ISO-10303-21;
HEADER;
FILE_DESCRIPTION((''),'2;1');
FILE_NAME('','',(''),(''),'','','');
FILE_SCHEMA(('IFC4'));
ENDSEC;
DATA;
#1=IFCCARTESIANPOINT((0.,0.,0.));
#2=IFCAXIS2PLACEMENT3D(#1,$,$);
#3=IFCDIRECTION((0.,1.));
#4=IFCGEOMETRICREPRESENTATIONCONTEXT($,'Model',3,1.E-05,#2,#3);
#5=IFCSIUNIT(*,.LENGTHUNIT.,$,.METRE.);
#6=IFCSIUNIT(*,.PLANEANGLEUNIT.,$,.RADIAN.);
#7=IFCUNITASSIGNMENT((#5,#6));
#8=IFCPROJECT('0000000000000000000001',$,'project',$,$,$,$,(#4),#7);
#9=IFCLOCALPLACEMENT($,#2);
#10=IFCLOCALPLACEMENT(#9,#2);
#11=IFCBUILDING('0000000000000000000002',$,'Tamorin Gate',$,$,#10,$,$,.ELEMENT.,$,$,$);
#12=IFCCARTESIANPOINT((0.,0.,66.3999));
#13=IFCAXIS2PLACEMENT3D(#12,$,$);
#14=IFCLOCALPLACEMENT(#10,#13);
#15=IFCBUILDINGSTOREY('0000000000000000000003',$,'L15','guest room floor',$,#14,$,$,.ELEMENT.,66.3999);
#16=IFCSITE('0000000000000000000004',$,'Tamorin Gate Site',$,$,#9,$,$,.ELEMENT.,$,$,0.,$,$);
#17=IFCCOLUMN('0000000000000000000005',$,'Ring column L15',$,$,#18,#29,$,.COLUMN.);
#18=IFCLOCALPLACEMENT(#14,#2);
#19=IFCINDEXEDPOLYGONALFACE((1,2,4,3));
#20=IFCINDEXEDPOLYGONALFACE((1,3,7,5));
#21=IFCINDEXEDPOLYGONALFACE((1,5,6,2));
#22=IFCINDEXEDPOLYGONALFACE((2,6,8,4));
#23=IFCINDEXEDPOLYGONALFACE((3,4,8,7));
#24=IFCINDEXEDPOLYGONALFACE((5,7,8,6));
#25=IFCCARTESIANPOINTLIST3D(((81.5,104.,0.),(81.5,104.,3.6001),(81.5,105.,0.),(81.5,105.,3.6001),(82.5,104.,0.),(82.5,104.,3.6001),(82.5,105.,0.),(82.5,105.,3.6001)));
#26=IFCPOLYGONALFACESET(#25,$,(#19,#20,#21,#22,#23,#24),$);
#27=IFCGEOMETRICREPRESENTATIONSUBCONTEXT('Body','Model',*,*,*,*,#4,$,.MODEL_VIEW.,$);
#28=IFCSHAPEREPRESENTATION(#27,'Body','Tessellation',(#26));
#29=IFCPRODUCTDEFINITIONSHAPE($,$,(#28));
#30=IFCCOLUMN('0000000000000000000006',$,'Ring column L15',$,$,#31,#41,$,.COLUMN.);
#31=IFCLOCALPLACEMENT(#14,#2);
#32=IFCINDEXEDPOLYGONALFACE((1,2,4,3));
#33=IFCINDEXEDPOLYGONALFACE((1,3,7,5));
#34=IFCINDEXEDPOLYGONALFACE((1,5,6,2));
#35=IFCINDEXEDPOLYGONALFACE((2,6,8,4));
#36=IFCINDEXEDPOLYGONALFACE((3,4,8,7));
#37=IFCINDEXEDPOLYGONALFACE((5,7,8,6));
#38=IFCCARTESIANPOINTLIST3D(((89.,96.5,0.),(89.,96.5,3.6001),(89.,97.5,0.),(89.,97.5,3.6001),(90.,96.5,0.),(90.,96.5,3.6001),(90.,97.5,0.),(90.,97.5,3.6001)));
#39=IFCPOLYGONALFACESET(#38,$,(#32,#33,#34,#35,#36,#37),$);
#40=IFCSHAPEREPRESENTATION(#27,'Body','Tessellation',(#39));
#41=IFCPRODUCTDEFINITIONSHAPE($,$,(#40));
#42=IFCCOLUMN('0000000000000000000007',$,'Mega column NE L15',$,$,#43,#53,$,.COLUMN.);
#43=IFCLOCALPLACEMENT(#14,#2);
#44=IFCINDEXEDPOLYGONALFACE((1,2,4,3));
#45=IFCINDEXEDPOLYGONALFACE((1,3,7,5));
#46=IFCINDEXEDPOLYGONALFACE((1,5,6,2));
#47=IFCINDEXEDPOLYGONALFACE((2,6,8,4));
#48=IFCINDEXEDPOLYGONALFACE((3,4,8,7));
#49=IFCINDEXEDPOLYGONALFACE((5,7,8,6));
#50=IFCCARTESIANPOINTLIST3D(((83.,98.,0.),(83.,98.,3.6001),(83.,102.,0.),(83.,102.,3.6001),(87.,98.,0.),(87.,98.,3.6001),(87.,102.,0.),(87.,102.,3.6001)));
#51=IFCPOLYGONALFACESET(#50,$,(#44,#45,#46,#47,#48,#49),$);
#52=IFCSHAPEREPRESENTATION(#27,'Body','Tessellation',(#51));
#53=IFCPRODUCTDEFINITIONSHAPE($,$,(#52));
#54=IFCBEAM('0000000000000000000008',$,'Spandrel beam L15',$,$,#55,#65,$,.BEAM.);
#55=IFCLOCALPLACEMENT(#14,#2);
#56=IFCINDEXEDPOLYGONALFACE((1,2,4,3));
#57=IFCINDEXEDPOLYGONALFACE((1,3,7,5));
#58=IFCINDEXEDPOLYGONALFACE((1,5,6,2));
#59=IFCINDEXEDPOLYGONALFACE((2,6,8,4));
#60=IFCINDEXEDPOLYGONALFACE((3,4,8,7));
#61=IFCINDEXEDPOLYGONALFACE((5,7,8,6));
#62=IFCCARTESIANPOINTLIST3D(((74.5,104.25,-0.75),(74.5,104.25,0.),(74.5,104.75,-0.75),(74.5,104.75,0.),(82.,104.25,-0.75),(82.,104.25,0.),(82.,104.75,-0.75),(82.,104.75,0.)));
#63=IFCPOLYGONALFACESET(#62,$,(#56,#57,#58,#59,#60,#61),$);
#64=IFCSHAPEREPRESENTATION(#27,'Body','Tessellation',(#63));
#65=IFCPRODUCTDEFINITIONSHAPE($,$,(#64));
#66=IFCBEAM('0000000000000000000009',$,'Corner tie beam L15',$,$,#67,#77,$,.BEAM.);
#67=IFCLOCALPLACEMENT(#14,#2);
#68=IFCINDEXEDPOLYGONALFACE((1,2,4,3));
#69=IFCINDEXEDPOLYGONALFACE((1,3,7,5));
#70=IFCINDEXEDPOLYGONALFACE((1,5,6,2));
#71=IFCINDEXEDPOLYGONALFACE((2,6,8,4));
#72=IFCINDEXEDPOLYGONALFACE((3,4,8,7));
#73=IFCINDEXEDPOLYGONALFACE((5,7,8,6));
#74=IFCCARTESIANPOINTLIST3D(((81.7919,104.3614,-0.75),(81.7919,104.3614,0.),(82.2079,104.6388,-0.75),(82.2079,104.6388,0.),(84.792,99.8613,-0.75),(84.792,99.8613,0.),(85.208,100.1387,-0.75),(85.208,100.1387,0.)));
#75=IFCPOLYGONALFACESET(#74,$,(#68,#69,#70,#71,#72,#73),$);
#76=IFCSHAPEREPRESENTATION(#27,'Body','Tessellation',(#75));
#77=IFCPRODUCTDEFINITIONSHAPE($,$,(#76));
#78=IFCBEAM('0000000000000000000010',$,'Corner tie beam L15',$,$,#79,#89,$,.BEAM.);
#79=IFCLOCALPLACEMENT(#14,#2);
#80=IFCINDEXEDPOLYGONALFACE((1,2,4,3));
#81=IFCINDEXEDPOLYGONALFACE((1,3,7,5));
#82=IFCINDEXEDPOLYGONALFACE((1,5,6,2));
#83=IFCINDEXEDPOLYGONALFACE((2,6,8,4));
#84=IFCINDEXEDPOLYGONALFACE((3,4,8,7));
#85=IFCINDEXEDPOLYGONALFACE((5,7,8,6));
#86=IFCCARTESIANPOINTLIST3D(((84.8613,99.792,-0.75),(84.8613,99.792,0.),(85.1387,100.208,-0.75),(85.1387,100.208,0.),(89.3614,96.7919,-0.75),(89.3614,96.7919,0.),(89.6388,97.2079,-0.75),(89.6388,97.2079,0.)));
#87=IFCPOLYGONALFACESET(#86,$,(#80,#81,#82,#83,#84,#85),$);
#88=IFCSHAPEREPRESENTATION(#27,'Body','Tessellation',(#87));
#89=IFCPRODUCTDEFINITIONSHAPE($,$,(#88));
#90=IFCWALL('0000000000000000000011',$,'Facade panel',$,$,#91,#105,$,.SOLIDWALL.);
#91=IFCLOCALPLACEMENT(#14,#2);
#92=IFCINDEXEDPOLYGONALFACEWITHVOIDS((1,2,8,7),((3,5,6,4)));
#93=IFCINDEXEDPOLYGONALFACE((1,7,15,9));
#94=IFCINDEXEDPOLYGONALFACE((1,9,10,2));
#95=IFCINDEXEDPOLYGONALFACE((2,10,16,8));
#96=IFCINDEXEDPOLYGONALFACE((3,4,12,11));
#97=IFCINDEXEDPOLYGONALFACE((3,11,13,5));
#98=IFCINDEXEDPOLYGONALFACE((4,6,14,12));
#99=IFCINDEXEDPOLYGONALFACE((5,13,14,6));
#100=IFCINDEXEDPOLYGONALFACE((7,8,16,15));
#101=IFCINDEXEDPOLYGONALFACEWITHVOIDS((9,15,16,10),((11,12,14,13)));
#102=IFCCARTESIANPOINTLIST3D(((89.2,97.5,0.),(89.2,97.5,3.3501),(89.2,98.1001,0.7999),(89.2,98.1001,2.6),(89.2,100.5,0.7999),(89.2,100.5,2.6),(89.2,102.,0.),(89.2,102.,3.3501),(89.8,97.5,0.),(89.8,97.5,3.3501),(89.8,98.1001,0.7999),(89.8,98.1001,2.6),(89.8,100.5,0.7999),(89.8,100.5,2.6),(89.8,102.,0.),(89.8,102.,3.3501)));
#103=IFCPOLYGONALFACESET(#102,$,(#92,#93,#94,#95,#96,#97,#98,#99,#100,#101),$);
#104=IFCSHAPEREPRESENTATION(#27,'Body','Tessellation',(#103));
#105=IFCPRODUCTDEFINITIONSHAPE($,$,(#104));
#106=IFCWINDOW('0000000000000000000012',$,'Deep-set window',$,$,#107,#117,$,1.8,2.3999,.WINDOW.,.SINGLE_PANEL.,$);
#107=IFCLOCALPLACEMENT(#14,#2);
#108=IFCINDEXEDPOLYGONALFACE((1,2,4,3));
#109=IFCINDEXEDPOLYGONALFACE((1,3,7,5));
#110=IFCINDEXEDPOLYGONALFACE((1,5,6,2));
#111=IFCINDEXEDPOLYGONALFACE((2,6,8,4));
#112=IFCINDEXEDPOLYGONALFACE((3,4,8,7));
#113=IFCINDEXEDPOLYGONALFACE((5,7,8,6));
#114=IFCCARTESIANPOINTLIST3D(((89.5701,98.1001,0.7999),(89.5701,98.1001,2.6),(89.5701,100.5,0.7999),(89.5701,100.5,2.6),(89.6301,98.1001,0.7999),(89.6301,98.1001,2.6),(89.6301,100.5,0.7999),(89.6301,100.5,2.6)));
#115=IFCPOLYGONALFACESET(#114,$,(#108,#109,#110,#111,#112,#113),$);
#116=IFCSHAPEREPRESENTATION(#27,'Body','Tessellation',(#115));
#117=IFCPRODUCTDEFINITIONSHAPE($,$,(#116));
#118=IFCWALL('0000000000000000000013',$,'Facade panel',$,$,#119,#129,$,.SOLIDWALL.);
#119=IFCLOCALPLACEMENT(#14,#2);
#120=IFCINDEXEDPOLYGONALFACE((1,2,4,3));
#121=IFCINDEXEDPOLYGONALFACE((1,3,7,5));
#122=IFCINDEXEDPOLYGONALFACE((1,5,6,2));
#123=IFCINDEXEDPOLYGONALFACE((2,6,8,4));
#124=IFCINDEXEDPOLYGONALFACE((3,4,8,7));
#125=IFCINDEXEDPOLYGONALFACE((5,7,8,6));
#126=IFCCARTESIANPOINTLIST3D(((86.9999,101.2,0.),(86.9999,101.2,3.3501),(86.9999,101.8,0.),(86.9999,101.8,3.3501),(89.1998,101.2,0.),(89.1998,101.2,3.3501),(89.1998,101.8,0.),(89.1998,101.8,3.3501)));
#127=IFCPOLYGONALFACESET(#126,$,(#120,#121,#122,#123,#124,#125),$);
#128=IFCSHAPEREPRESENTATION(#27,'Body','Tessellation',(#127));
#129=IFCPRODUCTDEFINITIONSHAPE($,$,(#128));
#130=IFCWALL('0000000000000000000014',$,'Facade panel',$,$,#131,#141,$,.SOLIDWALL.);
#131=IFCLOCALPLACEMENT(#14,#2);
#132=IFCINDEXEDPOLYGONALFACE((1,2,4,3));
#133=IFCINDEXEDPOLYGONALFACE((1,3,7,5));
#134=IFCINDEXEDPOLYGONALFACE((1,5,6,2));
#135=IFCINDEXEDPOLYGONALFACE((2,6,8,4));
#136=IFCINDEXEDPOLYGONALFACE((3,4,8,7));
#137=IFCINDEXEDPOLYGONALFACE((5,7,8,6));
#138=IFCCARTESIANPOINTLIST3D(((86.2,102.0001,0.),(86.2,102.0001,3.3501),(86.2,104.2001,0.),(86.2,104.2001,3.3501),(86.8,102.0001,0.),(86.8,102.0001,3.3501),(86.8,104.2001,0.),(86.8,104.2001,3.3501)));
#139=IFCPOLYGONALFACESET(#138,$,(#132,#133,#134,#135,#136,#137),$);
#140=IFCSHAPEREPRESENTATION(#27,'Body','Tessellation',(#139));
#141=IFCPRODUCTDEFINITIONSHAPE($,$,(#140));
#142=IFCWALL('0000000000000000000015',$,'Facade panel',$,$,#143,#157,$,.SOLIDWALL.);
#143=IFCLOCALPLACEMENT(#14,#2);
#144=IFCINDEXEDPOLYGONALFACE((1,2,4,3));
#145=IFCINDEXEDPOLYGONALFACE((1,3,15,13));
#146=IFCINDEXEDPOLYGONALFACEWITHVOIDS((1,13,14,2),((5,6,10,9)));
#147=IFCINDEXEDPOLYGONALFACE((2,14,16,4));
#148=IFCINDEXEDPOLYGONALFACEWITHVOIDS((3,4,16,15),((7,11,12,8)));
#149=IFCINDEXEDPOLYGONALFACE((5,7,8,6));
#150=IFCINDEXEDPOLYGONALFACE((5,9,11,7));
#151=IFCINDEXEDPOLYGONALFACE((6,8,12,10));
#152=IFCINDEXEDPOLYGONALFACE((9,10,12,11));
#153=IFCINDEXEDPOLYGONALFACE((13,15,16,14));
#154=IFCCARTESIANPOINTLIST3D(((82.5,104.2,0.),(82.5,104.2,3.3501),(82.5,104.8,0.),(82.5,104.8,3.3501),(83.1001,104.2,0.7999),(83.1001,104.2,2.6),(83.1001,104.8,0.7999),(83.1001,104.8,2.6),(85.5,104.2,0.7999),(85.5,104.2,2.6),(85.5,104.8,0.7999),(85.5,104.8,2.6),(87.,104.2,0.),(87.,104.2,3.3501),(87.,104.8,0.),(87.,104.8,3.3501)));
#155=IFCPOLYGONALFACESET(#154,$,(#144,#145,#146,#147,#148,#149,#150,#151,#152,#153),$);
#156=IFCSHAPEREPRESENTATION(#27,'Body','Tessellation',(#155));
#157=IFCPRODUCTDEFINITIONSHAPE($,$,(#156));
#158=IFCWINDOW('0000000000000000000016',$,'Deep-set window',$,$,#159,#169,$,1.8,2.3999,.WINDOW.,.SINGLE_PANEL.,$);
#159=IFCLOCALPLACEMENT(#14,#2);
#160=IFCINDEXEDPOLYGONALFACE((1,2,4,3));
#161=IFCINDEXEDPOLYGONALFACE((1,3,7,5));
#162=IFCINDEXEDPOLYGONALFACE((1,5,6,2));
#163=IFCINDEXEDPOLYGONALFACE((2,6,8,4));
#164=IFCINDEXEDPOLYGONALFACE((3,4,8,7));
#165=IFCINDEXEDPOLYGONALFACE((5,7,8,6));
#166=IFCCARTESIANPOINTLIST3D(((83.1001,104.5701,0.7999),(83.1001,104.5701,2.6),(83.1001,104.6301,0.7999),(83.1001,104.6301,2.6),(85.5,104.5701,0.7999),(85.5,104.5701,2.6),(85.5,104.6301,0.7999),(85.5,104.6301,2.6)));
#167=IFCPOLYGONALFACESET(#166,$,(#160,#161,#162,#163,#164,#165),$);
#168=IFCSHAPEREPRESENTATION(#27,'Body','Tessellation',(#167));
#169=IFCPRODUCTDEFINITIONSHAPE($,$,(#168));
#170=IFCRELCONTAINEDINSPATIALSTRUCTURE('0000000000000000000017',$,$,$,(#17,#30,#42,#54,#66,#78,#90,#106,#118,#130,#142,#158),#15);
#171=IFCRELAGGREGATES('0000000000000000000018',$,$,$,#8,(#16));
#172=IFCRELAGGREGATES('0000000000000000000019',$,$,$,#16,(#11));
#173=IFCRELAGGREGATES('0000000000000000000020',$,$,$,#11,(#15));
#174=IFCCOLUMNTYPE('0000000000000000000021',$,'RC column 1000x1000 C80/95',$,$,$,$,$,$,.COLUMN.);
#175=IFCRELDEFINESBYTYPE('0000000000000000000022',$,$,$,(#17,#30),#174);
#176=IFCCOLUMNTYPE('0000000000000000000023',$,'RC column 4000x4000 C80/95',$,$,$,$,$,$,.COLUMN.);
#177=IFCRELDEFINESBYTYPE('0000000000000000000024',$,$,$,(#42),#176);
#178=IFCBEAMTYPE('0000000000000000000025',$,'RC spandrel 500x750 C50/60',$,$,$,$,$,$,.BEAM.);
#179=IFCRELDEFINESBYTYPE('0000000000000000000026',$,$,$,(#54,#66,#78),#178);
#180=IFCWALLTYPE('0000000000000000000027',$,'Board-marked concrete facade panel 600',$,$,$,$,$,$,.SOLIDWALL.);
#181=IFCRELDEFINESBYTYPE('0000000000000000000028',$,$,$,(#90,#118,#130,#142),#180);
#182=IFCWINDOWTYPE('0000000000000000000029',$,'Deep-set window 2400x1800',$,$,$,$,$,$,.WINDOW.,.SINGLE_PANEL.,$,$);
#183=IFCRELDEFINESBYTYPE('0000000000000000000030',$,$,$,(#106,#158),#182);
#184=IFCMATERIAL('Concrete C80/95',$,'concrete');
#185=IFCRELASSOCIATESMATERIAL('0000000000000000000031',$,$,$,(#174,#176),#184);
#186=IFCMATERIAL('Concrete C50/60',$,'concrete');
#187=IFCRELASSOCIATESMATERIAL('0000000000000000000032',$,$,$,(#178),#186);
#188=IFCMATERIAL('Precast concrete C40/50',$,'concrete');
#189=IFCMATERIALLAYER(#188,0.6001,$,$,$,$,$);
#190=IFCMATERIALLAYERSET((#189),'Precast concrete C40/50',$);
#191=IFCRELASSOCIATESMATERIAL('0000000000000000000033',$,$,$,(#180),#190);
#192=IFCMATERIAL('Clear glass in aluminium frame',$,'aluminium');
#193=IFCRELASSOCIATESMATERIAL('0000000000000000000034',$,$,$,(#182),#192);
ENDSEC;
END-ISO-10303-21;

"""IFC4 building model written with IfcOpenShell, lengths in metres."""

from ifc_helpers import new_model, si_unit, direction, frame, frame_2d, origin, origin_2d, place, context, subcontext, project, spatial, rectangle, extrude, material, layer, layer_set, material_profile, profile_set, type_object, element, fill, save


model = new_model("IFC4")

# Units and contexts
model_context = context("Model", 3, precision=1e-05, world=origin(), true_north=direction((0.0, 1.0)))
body_context = subcontext(model_context, "Body", "Model", "MODEL_VIEW")
ifc_project = project(units=[si_unit("LENGTHUNIT", "METRE"), si_unit("PLANEANGLEUNIT", "RADIAN")], contexts=[model_context])

# Site, building, storey
site_placement = place(None, origin())
site = spatial("IfcSite", under=ifc_project, at=site_placement, Name="Tamorin Gate Site", CompositionType="ELEMENT", RefElevation=0.0)
building_placement = place(site_placement, origin())
building = spatial("IfcBuilding", under=site, at=building_placement, Name="Tamorin Gate", CompositionType="ELEMENT")
storey_placement = place(building_placement, frame((0.0, 0.0, 66.3999)))
storey = spatial("IfcBuildingStorey", under=building, at=storey_placement, Name="L15", Description="guest room floor", CompositionType="ELEMENT", Elevation=66.3999)

# Columns
ifc_material_1 = material(Name="Concrete C80/95", Category="concrete")
ifc_material_profile_1 = material_profile(ifc_material_1, rectangle(XDim=1.0, YDim=1.0, at=origin_2d()), Name="RC 1000x1000")
ifc_profile_set_1 = profile_set([ifc_material_profile_1], Name="Concrete C80/95")
column_type_1 = type_object("IfcColumnType", Name="RC column 1000x1000 C80/95", PredefinedType="COLUMN", material=ifc_profile_set_1)
for number, where, z_axis, x_axis, name in (
    (1, (82.0, 104.5, 0.0), (0.0, 0.0, 1.0), (1.0, 0.0, 0.0), "Ring column L15"),
    (2, (89.5, 97.0, 0.0), (0.0, 0.0, 1.0), (1.0, 0.0, 0.0), "Ring column L15"),
):
    element("IfcColumn", number, at=place(storey_placement, frame(where, z_axis=z_axis, x_axis=x_axis)), inside=storey, type_object=column_type_1, Name=name, PredefinedType="COLUMN", context=body_context, shape_type="SweptSolid", body=[
        extrude(rectangle(XDim=1.0, YDim=1.0, at=origin_2d()), origin(), (0.0, 0.0, 1.0), 3.6001),
    ])
ifc_material_profile_2 = material_profile(ifc_material_1, rectangle(XDim=4.0, YDim=4.0, at=origin_2d()), Name="RC 4000x4000")
ifc_profile_set_2 = profile_set([ifc_material_profile_2], Name="Concrete C80/95")
column_type_2 = type_object("IfcColumnType", Name="RC column 4000x4000 C80/95", PredefinedType="COLUMN", material=ifc_profile_set_2)
column_placement = place(storey_placement, frame((85.0, 100.0, 0.0), z_axis=(0.0, 0.0, 1.0), x_axis=(1.0, 0.0, 0.0)))
element("IfcColumn", 3, at=column_placement, inside=storey, type_object=column_type_2, Name="Mega column NE L15", PredefinedType="COLUMN", context=body_context, shape_type="SweptSolid", body=[
    extrude(rectangle(XDim=4.0, YDim=4.0, at=origin_2d()), origin(), (0.0, 0.0, 1.0), 3.6001),
])

# Beams
ifc_material_2 = material(Name="Concrete C50/60", Category="concrete")
ifc_material_profile_3 = material_profile(ifc_material_2, rectangle(XDim=0.5, YDim=0.75, at=origin_2d()), Name="RC 500x750")
ifc_profile_set_3 = profile_set([ifc_material_profile_3], Name="Concrete C50/60")
beam_type = type_object("IfcBeamType", Name="RC spandrel 500x750 C50/60", PredefinedType="BEAM", material=ifc_profile_set_3)
beam_placement = place(storey_placement, frame((82.0, 104.5, -0.375), z_axis=(-1.0, 0.0, 0.0), x_axis=(0.0, -1.0, 0.0)))
element("IfcBeam", 4, at=beam_placement, inside=storey, type_object=beam_type, Name="Spandrel beam L15", PredefinedType="BEAM", context=body_context, shape_type="SweptSolid", body=[
    extrude(rectangle(XDim=0.5, YDim=0.75, at=origin_2d()), origin(), (0.0, 0.0, 1.0), 7.5),
])
for number, where, z_axis, x_axis, name in (
    (5, (85.0, 100.0, -0.375), (-0.5547, 0.83205, 0.0), (-0.83205, -0.5547, 0.0), "Corner tie beam L15"),
    (6, (85.0, 100.0, -0.375), (0.83205, -0.5547, 0.0), (0.5547, 0.83205, 0.0), "Corner tie beam L15"),
):
    element("IfcBeam", number, at=place(storey_placement, frame(where, z_axis=z_axis, x_axis=x_axis)), inside=storey, type_object=beam_type, Name=name, PredefinedType="BEAM", context=body_context, shape_type="SweptSolid", body=[
        extrude(rectangle(XDim=0.5, YDim=0.75, at=origin_2d()), origin(), (0.0, 0.0, 1.0), 5.4084),
    ])

# Wall, opening, window
ifc_material_3 = material(Name="Precast concrete C40/50", Category="concrete")
ifc_layer_1 = layer(ifc_material_3, 0.6001)
ifc_layer_set_1 = layer_set([ifc_layer_1], Name="Precast concrete C40/50")
wall_type_1 = type_object("IfcWallType", Name="Board-marked concrete facade panel 600", PredefinedType="SOLIDWALL", material=ifc_layer_set_1)
wall_1_placement = place(storey_placement, frame((89.5, 97.5, 0.0), z_axis=(0.0, 0.0, 1.0), x_axis=(0.0, 1.0, 0.0)))
wall_1 = element("IfcWall", 7, at=wall_1_placement, inside=storey, type_object=wall_type_1, Name="Facade panel", PredefinedType="SOLIDWALL", context=body_context, shape_type="SweptSolid", body=[
    extrude(rectangle(XDim=4.5, YDim=0.6001, at=frame_2d((2.25, 0.0))), origin(), (0.0, 0.0, 1.0), 3.3501),
])
opening_1_placement = place(wall_1_placement, frame((0.6001, 0.0, 0.8)))
opening_1 = element("IfcOpeningElement", 8, at=opening_1_placement, cuts=wall_1, PredefinedType="OPENING", context=body_context, shape_type="SweptSolid", body=[
    extrude(rectangle(XDim=2.3999, YDim=1.8, at=frame_2d((1.2, 0.8999))), frame((0.0, 0.3101, 0.0), z_axis=(0.0, -1.0, 0.0), x_axis=(1.0, 0.0, 0.0)), (0.0, 0.0, 1.0), 0.6201),
])
ifc_material_4 = material(Name="Clear glass in aluminium frame", Category="aluminium")
window_type = type_object("IfcWindowType", Name="Deep-set window 2400x1800", PartitioningType="SINGLE_PANEL", PredefinedType="WINDOW", material=ifc_material_4)
window_1_placement = place(opening_1_placement, origin())
window_1 = element("IfcWindow", 9, at=window_1_placement, inside=storey, type_object=window_type, Name="Deep-set window", OverallHeight=1.8, OverallWidth=2.3999, PartitioningType="SINGLE_PANEL", PredefinedType="WINDOW", context=body_context, shape_type="SweptSolid", body=[
    extrude(rectangle(XDim=2.3999, YDim=1.8, at=frame_2d((1.2, 0.8999))), frame((0.0, -0.0701, 0.0), z_axis=(0.0, -1.0, 0.0), x_axis=(1.0, 0.0, 0.0)), (0.0, 0.0, 1.0), 0.0601),
])
fill(opening_1, window_1)

# Walls
for number, where, z_axis, x_axis, name in (
    (10, (89.2, 101.5, 0.0), (0.0, 0.0, 1.0), (-1.0, 0.0, 0.0), "Facade panel"),
    (11, (86.5, 102.0, 0.0), (0.0, 0.0, 1.0), (0.0, 1.0, 0.0), "Facade panel"),
):
    element("IfcWall", number, at=place(storey_placement, frame(where, z_axis=z_axis, x_axis=x_axis)), inside=storey, type_object=wall_type_1, Name=name, PredefinedType="SOLIDWALL", context=body_context, shape_type="SweptSolid", body=[
        extrude(rectangle(XDim=2.2, YDim=0.6001, at=frame_2d((1.1001, 0.0))), origin(), (0.0, 0.0, 1.0), 3.3501),
    ])

# Wall, opening, window
wall_2_placement = place(storey_placement, frame((87.0, 104.5, 0.0), z_axis=(0.0, 0.0, 1.0), x_axis=(-1.0, 0.0, 0.0)))
wall_2 = element("IfcWall", 12, at=wall_2_placement, inside=storey, type_object=wall_type_1, Name="Facade panel", PredefinedType="SOLIDWALL", context=body_context, shape_type="SweptSolid", body=[
    extrude(rectangle(XDim=4.5, YDim=0.6001, at=frame_2d((2.25, 0.0))), origin(), (0.0, 0.0, 1.0), 3.3501),
])
opening_2_placement = place(wall_2_placement, frame((1.5, 0.0, 0.8)))
opening_2 = element("IfcOpeningElement", 13, at=opening_2_placement, cuts=wall_2, PredefinedType="OPENING", context=body_context, shape_type="SweptSolid", body=[
    extrude(rectangle(XDim=2.3999, YDim=1.8, at=frame_2d((1.2, 0.8999))), frame((0.0, 0.3101, 0.0), z_axis=(0.0, -1.0, 0.0), x_axis=(1.0, 0.0, 0.0)), (0.0, 0.0, 1.0), 0.6201),
])
window_2_placement = place(opening_2_placement, origin())
window_2 = element("IfcWindow", 14, at=window_2_placement, inside=storey, type_object=window_type, Name="Deep-set window", OverallHeight=1.8, OverallWidth=2.3999, PartitioningType="SINGLE_PANEL", PredefinedType="WINDOW", context=body_context, shape_type="SweptSolid", body=[
    extrude(rectangle(XDim=2.3999, YDim=1.8, at=frame_2d((1.2, 0.8999))), frame((0.0, -0.0701, 0.0), z_axis=(0.0, -1.0, 0.0), x_axis=(1.0, 0.0, 0.0)), (0.0, 0.0, 1.0), 0.0601),
])
fill(opening_2, window_2)

save(model, "model.ifc")
